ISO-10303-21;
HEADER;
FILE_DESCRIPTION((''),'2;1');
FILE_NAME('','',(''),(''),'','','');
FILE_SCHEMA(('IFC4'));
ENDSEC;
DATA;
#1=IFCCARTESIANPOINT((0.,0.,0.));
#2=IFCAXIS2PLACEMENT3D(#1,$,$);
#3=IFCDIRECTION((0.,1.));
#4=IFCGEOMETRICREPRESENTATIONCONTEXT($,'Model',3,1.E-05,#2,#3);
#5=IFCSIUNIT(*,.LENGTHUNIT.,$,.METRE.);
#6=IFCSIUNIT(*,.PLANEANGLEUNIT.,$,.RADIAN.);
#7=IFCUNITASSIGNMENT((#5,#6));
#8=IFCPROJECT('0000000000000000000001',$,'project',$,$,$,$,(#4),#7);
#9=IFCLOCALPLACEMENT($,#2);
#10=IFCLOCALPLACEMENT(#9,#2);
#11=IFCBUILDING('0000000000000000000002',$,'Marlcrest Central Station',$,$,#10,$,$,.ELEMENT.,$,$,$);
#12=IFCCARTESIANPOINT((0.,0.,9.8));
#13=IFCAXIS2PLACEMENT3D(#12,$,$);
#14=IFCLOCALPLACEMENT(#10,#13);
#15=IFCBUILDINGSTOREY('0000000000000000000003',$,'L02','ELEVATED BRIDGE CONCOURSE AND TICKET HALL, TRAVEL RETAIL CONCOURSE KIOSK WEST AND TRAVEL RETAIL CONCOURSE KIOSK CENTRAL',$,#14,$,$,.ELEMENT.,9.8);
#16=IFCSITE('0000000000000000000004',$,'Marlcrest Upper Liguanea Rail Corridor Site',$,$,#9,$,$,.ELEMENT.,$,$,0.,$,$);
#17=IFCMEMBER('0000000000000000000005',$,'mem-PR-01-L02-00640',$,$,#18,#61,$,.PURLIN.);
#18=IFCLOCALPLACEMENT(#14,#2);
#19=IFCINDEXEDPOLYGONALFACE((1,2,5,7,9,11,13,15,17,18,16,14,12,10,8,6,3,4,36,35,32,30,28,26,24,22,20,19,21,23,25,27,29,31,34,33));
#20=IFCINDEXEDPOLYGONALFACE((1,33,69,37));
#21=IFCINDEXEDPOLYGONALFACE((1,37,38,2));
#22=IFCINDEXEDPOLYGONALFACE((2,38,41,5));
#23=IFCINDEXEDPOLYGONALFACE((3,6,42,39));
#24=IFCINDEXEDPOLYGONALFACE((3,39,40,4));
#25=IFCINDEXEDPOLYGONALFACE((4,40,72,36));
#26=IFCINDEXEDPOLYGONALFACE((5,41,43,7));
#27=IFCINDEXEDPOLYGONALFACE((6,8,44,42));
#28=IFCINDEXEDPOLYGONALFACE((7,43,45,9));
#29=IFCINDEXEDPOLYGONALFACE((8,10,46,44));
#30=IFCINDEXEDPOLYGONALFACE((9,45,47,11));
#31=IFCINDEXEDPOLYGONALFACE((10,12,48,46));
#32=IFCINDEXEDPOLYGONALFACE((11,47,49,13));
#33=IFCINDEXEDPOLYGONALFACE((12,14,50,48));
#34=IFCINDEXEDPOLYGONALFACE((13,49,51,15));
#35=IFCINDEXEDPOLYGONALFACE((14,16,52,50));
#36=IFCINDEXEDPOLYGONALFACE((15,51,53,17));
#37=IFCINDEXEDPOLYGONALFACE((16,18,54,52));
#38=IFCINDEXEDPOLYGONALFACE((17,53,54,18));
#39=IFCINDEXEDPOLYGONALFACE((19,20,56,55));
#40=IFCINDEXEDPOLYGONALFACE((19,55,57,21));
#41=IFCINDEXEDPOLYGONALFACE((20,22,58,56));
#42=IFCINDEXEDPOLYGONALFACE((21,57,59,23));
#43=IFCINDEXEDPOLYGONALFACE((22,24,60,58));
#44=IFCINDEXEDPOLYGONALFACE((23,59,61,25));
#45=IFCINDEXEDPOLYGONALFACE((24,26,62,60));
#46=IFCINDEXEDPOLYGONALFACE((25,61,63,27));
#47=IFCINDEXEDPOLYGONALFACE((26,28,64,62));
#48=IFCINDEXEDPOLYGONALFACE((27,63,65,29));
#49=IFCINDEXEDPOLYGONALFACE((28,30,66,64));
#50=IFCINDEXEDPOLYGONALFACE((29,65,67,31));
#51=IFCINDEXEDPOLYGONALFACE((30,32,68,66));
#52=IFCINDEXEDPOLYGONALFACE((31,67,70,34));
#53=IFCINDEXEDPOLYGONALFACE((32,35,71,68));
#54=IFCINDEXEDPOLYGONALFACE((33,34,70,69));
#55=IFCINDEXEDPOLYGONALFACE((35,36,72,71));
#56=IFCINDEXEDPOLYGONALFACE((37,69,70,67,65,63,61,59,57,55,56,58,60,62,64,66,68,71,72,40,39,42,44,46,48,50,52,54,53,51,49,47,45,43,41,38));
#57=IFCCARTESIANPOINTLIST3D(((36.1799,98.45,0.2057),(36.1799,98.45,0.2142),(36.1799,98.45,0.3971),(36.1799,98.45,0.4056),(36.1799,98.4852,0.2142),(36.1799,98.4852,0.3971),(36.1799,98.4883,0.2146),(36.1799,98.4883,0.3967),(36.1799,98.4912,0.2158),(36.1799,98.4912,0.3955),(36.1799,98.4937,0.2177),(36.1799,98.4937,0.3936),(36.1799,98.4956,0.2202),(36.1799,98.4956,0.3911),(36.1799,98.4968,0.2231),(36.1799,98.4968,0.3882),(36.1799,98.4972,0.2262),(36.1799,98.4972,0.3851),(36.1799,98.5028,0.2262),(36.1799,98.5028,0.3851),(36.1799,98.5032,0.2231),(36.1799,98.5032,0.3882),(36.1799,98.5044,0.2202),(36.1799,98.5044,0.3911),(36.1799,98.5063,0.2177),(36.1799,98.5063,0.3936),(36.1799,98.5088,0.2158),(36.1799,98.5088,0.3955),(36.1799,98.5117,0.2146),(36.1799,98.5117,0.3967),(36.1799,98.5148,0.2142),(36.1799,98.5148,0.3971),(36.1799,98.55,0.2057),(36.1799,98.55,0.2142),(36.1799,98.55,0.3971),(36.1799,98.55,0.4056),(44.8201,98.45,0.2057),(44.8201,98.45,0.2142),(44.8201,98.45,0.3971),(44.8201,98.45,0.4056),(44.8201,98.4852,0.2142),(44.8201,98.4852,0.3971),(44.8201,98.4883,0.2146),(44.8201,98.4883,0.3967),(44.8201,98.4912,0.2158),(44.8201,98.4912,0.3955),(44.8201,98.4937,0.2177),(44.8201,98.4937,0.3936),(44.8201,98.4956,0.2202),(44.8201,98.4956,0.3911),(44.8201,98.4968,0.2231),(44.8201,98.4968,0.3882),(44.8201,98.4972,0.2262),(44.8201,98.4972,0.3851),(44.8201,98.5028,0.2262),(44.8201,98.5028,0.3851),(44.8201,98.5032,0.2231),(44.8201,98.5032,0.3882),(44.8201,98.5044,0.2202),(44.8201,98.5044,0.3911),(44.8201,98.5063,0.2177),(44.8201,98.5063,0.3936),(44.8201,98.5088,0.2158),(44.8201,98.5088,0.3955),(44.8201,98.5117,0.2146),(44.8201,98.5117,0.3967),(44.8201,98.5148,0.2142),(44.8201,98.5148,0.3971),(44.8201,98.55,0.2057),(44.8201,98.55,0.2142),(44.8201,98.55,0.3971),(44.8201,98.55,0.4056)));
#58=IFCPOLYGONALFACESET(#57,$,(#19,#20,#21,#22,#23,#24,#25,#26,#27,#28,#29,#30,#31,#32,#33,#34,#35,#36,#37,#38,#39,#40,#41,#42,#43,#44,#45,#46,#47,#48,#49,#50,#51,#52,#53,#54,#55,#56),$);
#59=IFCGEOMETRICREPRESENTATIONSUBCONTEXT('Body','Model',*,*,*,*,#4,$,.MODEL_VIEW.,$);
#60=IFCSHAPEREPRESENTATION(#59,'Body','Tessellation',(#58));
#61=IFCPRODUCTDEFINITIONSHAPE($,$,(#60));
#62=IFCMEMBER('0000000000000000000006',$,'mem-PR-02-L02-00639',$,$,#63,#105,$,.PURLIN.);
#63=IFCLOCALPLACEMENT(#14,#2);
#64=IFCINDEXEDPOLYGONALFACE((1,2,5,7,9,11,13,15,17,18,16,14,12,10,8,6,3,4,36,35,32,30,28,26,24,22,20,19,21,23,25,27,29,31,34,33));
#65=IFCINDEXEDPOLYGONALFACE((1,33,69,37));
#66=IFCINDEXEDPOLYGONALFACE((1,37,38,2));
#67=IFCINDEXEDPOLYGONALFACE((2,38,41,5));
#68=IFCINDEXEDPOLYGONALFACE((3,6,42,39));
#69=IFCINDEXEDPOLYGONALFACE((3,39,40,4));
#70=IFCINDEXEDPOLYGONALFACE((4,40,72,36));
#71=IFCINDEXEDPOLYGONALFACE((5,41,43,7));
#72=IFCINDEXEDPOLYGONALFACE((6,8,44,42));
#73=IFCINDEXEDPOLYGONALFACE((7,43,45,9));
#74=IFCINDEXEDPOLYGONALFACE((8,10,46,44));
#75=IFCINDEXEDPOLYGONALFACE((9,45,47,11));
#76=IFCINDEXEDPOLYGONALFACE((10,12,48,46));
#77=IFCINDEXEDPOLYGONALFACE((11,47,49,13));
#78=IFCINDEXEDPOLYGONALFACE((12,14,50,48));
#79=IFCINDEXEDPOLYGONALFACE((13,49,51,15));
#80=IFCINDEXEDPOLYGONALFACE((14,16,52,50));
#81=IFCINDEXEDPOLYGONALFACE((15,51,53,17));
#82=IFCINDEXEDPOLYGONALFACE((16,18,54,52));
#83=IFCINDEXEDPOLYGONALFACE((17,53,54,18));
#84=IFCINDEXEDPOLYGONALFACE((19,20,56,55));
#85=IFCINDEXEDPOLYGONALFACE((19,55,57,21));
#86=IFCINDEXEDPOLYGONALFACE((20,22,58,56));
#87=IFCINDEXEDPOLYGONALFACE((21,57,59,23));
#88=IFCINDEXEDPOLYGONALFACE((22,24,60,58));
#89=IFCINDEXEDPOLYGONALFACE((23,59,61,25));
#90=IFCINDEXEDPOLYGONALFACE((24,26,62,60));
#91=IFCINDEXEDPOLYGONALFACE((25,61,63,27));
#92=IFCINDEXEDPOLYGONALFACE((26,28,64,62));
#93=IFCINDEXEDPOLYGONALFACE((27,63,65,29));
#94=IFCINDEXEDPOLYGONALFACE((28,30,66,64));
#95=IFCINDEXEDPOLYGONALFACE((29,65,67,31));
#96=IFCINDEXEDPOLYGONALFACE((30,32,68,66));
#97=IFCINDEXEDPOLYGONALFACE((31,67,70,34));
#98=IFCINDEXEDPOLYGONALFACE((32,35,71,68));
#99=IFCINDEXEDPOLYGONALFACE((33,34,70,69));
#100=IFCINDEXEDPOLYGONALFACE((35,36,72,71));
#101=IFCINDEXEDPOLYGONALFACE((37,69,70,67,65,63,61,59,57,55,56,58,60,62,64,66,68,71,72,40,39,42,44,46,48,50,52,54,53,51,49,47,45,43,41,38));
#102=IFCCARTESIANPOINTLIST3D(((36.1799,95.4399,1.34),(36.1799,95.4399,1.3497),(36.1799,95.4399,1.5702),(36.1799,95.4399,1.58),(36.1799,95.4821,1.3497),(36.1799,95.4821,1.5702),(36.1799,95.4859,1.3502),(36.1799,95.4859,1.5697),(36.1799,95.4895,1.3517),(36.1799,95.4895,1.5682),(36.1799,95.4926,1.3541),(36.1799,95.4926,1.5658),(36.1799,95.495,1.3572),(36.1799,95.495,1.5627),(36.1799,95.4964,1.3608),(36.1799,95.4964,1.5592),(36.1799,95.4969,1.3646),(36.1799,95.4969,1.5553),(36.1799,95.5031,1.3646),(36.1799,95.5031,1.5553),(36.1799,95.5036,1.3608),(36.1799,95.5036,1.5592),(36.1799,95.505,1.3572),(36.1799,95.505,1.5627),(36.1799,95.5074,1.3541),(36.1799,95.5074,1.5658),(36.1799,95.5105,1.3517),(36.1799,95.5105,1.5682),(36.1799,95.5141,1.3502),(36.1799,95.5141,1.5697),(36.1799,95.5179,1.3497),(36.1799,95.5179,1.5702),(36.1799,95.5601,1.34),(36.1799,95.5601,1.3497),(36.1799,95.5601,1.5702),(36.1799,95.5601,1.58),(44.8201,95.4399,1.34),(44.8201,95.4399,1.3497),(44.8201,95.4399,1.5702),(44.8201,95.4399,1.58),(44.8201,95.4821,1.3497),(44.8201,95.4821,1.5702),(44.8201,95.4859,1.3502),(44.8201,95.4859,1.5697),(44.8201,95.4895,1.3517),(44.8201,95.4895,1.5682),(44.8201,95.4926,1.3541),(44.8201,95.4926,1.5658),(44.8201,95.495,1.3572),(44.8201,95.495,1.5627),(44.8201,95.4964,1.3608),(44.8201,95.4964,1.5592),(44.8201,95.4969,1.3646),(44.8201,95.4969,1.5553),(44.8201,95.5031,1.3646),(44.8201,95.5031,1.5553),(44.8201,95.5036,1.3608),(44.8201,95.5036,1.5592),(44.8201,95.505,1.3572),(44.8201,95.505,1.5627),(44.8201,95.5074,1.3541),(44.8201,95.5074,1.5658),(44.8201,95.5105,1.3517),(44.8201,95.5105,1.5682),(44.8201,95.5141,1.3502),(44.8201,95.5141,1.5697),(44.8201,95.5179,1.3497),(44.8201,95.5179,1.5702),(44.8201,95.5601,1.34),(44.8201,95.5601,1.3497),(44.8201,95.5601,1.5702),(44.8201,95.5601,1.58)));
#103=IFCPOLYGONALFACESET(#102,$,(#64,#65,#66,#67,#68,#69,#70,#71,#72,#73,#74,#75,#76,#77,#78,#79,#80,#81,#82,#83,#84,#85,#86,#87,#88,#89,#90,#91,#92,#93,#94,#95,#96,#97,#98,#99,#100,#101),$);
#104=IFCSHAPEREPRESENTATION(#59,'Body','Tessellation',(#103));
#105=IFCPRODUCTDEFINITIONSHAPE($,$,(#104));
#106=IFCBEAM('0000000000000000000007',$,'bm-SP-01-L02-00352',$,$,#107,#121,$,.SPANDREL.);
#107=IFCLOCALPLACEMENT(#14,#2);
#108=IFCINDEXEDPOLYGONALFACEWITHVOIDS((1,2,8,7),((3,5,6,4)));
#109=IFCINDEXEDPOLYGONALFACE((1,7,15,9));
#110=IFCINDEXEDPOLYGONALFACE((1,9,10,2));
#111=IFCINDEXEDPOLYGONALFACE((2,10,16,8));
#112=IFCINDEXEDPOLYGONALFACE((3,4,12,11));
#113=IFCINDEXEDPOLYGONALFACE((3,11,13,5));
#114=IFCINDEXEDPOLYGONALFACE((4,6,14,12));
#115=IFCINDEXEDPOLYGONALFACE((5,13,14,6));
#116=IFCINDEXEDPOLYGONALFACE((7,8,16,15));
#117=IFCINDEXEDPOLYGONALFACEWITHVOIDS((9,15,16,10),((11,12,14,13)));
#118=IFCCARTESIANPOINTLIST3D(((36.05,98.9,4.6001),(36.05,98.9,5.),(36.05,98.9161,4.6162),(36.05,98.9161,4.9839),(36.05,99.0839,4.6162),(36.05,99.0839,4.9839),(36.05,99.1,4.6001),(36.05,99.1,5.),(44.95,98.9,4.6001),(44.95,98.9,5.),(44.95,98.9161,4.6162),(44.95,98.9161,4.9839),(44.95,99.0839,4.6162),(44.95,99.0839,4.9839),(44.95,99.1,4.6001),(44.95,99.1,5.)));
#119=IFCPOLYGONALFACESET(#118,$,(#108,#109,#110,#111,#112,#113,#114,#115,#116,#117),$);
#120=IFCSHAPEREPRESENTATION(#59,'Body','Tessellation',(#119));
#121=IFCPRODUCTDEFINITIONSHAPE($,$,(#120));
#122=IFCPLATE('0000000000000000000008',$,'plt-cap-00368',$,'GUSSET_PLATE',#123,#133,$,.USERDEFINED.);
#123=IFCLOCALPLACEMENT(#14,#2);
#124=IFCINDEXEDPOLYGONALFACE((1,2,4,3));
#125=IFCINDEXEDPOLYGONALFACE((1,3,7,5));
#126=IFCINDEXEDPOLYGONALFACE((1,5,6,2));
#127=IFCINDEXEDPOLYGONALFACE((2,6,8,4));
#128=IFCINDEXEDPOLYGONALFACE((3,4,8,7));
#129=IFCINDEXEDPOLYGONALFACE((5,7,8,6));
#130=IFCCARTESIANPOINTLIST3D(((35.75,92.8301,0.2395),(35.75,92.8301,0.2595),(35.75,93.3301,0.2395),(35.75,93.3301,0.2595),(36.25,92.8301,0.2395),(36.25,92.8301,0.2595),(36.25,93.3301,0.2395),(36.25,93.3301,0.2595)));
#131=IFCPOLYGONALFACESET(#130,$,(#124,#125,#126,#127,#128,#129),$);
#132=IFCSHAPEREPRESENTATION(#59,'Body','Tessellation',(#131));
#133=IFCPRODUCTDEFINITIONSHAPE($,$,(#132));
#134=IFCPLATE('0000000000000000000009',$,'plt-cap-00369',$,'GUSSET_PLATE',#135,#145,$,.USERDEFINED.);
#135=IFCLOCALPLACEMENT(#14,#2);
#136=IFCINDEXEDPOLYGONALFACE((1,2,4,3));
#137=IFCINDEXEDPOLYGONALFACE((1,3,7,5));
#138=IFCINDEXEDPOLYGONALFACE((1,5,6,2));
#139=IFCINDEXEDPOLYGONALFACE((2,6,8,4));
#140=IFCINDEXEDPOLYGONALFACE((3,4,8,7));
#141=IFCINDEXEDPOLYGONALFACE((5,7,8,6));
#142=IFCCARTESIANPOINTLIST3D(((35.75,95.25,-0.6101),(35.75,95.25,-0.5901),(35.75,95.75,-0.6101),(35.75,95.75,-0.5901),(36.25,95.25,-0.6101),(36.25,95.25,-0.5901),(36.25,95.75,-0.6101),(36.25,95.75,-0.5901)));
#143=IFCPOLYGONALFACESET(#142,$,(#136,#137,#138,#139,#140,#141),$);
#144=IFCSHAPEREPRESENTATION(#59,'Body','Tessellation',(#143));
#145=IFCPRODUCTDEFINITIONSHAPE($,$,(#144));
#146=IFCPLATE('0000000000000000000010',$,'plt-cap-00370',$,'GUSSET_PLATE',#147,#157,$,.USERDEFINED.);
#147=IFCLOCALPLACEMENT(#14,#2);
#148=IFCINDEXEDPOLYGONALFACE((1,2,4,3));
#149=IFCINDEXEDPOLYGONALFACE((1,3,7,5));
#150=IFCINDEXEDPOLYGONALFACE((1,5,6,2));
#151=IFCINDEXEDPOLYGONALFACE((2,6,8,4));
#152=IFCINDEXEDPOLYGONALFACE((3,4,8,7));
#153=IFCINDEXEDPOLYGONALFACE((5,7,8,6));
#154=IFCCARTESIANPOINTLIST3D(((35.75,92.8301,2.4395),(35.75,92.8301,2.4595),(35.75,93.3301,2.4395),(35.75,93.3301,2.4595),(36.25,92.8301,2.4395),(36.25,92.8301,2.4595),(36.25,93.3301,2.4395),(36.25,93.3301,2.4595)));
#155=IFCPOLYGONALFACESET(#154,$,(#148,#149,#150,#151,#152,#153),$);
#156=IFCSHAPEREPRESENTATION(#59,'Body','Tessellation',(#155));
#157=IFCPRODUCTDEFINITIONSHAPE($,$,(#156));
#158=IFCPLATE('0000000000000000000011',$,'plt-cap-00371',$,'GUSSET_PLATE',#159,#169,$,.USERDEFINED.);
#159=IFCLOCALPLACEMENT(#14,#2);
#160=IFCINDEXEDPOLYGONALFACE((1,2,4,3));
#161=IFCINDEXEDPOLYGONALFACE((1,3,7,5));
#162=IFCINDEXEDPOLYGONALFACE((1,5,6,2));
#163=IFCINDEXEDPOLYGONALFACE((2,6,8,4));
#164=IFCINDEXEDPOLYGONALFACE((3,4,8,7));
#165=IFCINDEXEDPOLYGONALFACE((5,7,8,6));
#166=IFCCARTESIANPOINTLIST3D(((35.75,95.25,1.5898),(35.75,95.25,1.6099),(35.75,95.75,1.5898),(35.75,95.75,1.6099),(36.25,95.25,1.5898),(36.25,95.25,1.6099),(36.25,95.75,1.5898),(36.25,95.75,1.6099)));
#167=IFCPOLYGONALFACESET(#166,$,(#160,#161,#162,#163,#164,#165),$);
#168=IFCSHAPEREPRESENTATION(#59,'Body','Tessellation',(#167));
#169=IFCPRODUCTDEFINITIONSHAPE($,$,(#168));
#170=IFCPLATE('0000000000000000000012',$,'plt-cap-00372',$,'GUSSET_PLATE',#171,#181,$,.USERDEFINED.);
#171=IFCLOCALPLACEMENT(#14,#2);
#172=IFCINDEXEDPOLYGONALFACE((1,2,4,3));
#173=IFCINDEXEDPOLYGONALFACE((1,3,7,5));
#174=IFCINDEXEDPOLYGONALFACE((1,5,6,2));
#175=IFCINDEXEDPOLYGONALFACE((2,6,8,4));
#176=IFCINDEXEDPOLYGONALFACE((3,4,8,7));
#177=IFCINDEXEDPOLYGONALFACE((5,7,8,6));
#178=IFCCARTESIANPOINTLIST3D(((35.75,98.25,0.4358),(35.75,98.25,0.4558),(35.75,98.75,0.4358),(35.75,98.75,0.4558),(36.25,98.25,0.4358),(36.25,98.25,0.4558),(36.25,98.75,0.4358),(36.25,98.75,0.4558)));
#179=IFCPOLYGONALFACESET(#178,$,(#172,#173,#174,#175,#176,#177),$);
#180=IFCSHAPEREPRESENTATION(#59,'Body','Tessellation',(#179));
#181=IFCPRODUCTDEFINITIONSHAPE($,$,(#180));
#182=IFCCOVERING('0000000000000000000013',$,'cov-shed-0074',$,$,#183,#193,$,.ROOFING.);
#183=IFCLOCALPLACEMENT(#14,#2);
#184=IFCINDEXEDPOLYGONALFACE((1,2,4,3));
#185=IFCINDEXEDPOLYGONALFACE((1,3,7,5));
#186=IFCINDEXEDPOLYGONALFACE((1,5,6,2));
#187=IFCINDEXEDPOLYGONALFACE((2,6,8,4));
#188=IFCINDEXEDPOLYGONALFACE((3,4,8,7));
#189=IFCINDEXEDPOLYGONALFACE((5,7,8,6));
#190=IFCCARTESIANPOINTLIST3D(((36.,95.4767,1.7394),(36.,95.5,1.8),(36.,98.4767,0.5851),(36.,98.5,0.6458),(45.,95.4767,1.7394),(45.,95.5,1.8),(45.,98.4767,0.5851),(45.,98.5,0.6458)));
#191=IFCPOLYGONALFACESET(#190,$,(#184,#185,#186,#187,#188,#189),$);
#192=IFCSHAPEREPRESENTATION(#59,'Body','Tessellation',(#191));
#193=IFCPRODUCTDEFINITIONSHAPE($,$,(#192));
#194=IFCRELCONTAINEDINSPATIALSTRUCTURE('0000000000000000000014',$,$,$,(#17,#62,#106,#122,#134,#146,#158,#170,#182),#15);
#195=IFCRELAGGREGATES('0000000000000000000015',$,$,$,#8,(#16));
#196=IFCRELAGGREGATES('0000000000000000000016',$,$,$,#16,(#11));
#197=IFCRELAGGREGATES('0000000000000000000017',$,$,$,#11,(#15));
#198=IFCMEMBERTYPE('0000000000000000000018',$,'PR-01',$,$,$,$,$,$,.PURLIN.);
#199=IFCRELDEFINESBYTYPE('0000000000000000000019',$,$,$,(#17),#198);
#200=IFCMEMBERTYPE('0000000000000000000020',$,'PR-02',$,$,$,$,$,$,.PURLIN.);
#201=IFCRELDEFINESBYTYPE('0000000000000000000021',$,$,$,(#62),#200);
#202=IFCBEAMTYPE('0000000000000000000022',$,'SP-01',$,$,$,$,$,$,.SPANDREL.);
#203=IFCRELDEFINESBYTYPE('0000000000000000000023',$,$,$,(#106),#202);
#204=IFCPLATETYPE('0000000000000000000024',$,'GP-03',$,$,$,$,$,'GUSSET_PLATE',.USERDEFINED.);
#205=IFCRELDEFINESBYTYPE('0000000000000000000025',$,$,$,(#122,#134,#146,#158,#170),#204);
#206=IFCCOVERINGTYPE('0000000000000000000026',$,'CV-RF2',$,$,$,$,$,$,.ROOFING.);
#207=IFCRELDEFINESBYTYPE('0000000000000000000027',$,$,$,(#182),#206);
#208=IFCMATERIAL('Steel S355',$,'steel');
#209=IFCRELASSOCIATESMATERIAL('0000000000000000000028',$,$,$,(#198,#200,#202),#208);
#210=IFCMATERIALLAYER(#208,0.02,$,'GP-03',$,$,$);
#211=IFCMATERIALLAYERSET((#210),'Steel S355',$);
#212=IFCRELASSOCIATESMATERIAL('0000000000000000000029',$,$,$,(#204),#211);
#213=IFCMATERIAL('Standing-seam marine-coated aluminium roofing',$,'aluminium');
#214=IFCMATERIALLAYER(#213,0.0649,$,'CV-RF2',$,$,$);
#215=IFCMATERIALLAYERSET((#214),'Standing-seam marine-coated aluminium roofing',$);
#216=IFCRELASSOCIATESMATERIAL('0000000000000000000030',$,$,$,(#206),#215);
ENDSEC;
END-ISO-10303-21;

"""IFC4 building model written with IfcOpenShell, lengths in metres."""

from ifc_helpers import new_model, si_unit, direction, frame, origin, origin_2d, place, context, subcontext, project, spatial, polyline, rectangle, hollow_rectangle, i_section, outline, extrude, material, layer, layer_set, material_profile, profile_set, type_object, element, save


model = new_model("IFC4")

# Units and contexts
model_context = context("Model", 3, precision=1e-05, world=origin(), true_north=direction((0.0, 1.0)))
body_context = subcontext(model_context, "Body", "Model", "MODEL_VIEW")
ifc_project = project(units=[si_unit("LENGTHUNIT", "METRE"), si_unit("PLANEANGLEUNIT", "RADIAN")], contexts=[model_context])

# Site, building, storey
site_placement = place(None, origin())
site = spatial("IfcSite", under=ifc_project, at=site_placement, Name="Marlcrest Upper Liguanea Rail Corridor Site", CompositionType="ELEMENT", RefElevation=0.0)
building_placement = place(site_placement, origin())
building = spatial("IfcBuilding", under=site, at=building_placement, Name="Marlcrest Central Station", CompositionType="ELEMENT")
storey_placement = place(building_placement, frame((0.0, 0.0, 9.8)))
storey = spatial("IfcBuildingStorey", under=building, at=storey_placement, Name="L02", Description="ELEVATED BRIDGE CONCOURSE AND TICKET HALL, TRAVEL RETAIL CONCOURSE KIOSK WEST AND TRAVEL RETAIL CONCOURSE KIOSK CENTRAL", CompositionType="ELEMENT", Elevation=9.8)

# Shared definitions
ifc_material_1 = material(Name="Steel S355", Category="steel")

# Members
ifc_material_profile_1 = material_profile(ifc_material_1, i_section(OverallWidth=0.1001, OverallDepth=0.2, WebThickness=0.0056, FlangeThickness=0.0085, FilletRadius=0.012, at=origin_2d()), Name="IPE 200")
ifc_profile_set_1 = profile_set([ifc_material_profile_1], Name="Steel S355")
member_type_1 = type_object("IfcMemberType", Name="PR-01", PredefinedType="PURLIN", material=ifc_profile_set_1)
for number, where, z_axis, x_axis, name in (
    (1, (36.1799, 98.5, 0.3057), (1.0, 0.0, 0.0), (0.0, 1.0, 0.0), "mem-PR-01-L02-00640"),
):
    element("IfcMember", number, at=place(storey_placement, frame(where, z_axis=z_axis, x_axis=x_axis)), inside=storey, type_object=member_type_1, Name=name, PredefinedType="PURLIN", context=body_context, shape_type="SweptSolid", body=[
        extrude(i_section(OverallWidth=0.1001, OverallDepth=0.2, WebThickness=0.0056, FlangeThickness=0.0085, FilletRadius=0.012, at=origin_2d()), origin(), (0.0, 0.0, 1.0), 8.6401),
    ])
ifc_material_profile_2 = material_profile(ifc_material_1, i_section(OverallWidth=0.1201, OverallDepth=0.24, WebThickness=0.0061, FlangeThickness=0.0098, FilletRadius=0.0149, at=origin_2d()), Name="IPE 240")
ifc_profile_set_2 = profile_set([ifc_material_profile_2], Name="Steel S355")
member_type_2 = type_object("IfcMemberType", Name="PR-02", PredefinedType="PURLIN", material=ifc_profile_set_2)
member_1_placement = place(storey_placement, frame((36.1799, 95.5, 1.46), z_axis=(1.0, 0.0, 0.0), x_axis=(0.0, 1.0, 0.0)))
element("IfcMember", 2, at=member_1_placement, inside=storey, type_object=member_type_2, Name="mem-PR-02-L02-00639", PredefinedType="PURLIN", context=body_context, shape_type="SweptSolid", body=[
    extrude(i_section(OverallWidth=0.1201, OverallDepth=0.24, WebThickness=0.0061, FlangeThickness=0.0098, FilletRadius=0.0149, at=origin_2d()), origin(), (0.0, 0.0, 1.0), 8.6401),
])

# Beam
ifc_material_profile_3 = material_profile(ifc_material_1, hollow_rectangle(XDim=0.2, YDim=0.3999, WallThickness=0.0161, at=origin_2d()), Name="RHS 400x200x16")
ifc_profile_set_3 = profile_set([ifc_material_profile_3], Name="Steel S355")
beam_type = type_object("IfcBeamType", Name="SP-01", PredefinedType="SPANDREL", material=ifc_profile_set_3)
beam_placement = place(storey_placement, frame((36.05, 99.0, 4.8), z_axis=(1.0, 0.0, 0.0), x_axis=(0.0, 1.0, 0.0)))
element("IfcBeam", 3, at=beam_placement, inside=storey, type_object=beam_type, Name="bm-SP-01-L02-00352", PredefinedType="SPANDREL", context=body_context, shape_type="SweptSolid", body=[
    extrude(hollow_rectangle(XDim=0.2, YDim=0.3999, WallThickness=0.0161, at=origin_2d()), origin(), (0.0, 0.0, 1.0), 8.8999),
])

# Plates
ifc_layer_1 = layer(ifc_material_1, 0.02, Name="GP-03")
ifc_layer_set_1 = layer_set([ifc_layer_1], Name="Steel S355")
plate_type = type_object("IfcPlateType", Name="GP-03", ElementType="GUSSET_PLATE", PredefinedType="USERDEFINED", material=ifc_layer_set_1)
for number, where, z_axis, x_axis, name in (
    (4, (36.0, 93.0801, 0.2395), (0.0, 0.0, 1.0), (1.0, 0.0, 0.0), "plt-cap-00368"),
    (5, (36.0, 95.5, -0.6101), (0.0, 0.0, 1.0), (1.0, 0.0, 0.0), "plt-cap-00369"),
    (6, (36.0, 93.0801, 2.4395), (0.0, 0.0, 1.0), (1.0, 0.0, 0.0), "plt-cap-00370"),
    (7, (36.0, 95.5, 1.5898), (0.0, 0.0, 1.0), (1.0, 0.0, 0.0), "plt-cap-00371"),
    (8, (36.0, 98.5, 0.4358), (0.0, 0.0, 1.0), (1.0, 0.0, 0.0), "plt-cap-00372"),
):
    element("IfcPlate", number, at=place(storey_placement, frame(where, z_axis=z_axis, x_axis=x_axis)), inside=storey, type_object=plate_type, Name=name, ObjectType="GUSSET_PLATE", PredefinedType="USERDEFINED", context=body_context, shape_type="SweptSolid", body=[
        extrude(rectangle(XDim=0.5, YDim=0.5, at=origin_2d()), origin(), (0.0, 0.0, 1.0), 0.02),
    ])

# Covering
ifc_material_2 = material(Name="Standing-seam marine-coated aluminium roofing", Category="aluminium")
ifc_layer_2 = layer(ifc_material_2, 0.0649, Name="CV-RF2")
ifc_layer_set_2 = layer_set([ifc_layer_2], Name="Standing-seam marine-coated aluminium roofing")
covering_type = type_object("IfcCoveringType", Name="CV-RF2", PredefinedType="ROOFING", material=ifc_layer_set_2)
covering_placement = place(storey_placement, frame((36.0, 95.5, 1.8), z_axis=(0.0, 0.359101, 0.933299), x_axis=(1.0, 0.0, 0.0)))
element("IfcCovering", 9, at=covering_placement, inside=storey, type_object=covering_type, Name="cov-shed-0074", PredefinedType="ROOFING", context=body_context, shape_type="SweptSolid", body=[
    extrude(outline(polyline([(0.0, 0.0), (9.0, 0.0), (9.0, 3.2144), (0.0, 3.2144), (0.0, 0.0)])), origin(), (0.0, 0.0, -1.0), 0.0649),
])

save(model, "model.ifc")
